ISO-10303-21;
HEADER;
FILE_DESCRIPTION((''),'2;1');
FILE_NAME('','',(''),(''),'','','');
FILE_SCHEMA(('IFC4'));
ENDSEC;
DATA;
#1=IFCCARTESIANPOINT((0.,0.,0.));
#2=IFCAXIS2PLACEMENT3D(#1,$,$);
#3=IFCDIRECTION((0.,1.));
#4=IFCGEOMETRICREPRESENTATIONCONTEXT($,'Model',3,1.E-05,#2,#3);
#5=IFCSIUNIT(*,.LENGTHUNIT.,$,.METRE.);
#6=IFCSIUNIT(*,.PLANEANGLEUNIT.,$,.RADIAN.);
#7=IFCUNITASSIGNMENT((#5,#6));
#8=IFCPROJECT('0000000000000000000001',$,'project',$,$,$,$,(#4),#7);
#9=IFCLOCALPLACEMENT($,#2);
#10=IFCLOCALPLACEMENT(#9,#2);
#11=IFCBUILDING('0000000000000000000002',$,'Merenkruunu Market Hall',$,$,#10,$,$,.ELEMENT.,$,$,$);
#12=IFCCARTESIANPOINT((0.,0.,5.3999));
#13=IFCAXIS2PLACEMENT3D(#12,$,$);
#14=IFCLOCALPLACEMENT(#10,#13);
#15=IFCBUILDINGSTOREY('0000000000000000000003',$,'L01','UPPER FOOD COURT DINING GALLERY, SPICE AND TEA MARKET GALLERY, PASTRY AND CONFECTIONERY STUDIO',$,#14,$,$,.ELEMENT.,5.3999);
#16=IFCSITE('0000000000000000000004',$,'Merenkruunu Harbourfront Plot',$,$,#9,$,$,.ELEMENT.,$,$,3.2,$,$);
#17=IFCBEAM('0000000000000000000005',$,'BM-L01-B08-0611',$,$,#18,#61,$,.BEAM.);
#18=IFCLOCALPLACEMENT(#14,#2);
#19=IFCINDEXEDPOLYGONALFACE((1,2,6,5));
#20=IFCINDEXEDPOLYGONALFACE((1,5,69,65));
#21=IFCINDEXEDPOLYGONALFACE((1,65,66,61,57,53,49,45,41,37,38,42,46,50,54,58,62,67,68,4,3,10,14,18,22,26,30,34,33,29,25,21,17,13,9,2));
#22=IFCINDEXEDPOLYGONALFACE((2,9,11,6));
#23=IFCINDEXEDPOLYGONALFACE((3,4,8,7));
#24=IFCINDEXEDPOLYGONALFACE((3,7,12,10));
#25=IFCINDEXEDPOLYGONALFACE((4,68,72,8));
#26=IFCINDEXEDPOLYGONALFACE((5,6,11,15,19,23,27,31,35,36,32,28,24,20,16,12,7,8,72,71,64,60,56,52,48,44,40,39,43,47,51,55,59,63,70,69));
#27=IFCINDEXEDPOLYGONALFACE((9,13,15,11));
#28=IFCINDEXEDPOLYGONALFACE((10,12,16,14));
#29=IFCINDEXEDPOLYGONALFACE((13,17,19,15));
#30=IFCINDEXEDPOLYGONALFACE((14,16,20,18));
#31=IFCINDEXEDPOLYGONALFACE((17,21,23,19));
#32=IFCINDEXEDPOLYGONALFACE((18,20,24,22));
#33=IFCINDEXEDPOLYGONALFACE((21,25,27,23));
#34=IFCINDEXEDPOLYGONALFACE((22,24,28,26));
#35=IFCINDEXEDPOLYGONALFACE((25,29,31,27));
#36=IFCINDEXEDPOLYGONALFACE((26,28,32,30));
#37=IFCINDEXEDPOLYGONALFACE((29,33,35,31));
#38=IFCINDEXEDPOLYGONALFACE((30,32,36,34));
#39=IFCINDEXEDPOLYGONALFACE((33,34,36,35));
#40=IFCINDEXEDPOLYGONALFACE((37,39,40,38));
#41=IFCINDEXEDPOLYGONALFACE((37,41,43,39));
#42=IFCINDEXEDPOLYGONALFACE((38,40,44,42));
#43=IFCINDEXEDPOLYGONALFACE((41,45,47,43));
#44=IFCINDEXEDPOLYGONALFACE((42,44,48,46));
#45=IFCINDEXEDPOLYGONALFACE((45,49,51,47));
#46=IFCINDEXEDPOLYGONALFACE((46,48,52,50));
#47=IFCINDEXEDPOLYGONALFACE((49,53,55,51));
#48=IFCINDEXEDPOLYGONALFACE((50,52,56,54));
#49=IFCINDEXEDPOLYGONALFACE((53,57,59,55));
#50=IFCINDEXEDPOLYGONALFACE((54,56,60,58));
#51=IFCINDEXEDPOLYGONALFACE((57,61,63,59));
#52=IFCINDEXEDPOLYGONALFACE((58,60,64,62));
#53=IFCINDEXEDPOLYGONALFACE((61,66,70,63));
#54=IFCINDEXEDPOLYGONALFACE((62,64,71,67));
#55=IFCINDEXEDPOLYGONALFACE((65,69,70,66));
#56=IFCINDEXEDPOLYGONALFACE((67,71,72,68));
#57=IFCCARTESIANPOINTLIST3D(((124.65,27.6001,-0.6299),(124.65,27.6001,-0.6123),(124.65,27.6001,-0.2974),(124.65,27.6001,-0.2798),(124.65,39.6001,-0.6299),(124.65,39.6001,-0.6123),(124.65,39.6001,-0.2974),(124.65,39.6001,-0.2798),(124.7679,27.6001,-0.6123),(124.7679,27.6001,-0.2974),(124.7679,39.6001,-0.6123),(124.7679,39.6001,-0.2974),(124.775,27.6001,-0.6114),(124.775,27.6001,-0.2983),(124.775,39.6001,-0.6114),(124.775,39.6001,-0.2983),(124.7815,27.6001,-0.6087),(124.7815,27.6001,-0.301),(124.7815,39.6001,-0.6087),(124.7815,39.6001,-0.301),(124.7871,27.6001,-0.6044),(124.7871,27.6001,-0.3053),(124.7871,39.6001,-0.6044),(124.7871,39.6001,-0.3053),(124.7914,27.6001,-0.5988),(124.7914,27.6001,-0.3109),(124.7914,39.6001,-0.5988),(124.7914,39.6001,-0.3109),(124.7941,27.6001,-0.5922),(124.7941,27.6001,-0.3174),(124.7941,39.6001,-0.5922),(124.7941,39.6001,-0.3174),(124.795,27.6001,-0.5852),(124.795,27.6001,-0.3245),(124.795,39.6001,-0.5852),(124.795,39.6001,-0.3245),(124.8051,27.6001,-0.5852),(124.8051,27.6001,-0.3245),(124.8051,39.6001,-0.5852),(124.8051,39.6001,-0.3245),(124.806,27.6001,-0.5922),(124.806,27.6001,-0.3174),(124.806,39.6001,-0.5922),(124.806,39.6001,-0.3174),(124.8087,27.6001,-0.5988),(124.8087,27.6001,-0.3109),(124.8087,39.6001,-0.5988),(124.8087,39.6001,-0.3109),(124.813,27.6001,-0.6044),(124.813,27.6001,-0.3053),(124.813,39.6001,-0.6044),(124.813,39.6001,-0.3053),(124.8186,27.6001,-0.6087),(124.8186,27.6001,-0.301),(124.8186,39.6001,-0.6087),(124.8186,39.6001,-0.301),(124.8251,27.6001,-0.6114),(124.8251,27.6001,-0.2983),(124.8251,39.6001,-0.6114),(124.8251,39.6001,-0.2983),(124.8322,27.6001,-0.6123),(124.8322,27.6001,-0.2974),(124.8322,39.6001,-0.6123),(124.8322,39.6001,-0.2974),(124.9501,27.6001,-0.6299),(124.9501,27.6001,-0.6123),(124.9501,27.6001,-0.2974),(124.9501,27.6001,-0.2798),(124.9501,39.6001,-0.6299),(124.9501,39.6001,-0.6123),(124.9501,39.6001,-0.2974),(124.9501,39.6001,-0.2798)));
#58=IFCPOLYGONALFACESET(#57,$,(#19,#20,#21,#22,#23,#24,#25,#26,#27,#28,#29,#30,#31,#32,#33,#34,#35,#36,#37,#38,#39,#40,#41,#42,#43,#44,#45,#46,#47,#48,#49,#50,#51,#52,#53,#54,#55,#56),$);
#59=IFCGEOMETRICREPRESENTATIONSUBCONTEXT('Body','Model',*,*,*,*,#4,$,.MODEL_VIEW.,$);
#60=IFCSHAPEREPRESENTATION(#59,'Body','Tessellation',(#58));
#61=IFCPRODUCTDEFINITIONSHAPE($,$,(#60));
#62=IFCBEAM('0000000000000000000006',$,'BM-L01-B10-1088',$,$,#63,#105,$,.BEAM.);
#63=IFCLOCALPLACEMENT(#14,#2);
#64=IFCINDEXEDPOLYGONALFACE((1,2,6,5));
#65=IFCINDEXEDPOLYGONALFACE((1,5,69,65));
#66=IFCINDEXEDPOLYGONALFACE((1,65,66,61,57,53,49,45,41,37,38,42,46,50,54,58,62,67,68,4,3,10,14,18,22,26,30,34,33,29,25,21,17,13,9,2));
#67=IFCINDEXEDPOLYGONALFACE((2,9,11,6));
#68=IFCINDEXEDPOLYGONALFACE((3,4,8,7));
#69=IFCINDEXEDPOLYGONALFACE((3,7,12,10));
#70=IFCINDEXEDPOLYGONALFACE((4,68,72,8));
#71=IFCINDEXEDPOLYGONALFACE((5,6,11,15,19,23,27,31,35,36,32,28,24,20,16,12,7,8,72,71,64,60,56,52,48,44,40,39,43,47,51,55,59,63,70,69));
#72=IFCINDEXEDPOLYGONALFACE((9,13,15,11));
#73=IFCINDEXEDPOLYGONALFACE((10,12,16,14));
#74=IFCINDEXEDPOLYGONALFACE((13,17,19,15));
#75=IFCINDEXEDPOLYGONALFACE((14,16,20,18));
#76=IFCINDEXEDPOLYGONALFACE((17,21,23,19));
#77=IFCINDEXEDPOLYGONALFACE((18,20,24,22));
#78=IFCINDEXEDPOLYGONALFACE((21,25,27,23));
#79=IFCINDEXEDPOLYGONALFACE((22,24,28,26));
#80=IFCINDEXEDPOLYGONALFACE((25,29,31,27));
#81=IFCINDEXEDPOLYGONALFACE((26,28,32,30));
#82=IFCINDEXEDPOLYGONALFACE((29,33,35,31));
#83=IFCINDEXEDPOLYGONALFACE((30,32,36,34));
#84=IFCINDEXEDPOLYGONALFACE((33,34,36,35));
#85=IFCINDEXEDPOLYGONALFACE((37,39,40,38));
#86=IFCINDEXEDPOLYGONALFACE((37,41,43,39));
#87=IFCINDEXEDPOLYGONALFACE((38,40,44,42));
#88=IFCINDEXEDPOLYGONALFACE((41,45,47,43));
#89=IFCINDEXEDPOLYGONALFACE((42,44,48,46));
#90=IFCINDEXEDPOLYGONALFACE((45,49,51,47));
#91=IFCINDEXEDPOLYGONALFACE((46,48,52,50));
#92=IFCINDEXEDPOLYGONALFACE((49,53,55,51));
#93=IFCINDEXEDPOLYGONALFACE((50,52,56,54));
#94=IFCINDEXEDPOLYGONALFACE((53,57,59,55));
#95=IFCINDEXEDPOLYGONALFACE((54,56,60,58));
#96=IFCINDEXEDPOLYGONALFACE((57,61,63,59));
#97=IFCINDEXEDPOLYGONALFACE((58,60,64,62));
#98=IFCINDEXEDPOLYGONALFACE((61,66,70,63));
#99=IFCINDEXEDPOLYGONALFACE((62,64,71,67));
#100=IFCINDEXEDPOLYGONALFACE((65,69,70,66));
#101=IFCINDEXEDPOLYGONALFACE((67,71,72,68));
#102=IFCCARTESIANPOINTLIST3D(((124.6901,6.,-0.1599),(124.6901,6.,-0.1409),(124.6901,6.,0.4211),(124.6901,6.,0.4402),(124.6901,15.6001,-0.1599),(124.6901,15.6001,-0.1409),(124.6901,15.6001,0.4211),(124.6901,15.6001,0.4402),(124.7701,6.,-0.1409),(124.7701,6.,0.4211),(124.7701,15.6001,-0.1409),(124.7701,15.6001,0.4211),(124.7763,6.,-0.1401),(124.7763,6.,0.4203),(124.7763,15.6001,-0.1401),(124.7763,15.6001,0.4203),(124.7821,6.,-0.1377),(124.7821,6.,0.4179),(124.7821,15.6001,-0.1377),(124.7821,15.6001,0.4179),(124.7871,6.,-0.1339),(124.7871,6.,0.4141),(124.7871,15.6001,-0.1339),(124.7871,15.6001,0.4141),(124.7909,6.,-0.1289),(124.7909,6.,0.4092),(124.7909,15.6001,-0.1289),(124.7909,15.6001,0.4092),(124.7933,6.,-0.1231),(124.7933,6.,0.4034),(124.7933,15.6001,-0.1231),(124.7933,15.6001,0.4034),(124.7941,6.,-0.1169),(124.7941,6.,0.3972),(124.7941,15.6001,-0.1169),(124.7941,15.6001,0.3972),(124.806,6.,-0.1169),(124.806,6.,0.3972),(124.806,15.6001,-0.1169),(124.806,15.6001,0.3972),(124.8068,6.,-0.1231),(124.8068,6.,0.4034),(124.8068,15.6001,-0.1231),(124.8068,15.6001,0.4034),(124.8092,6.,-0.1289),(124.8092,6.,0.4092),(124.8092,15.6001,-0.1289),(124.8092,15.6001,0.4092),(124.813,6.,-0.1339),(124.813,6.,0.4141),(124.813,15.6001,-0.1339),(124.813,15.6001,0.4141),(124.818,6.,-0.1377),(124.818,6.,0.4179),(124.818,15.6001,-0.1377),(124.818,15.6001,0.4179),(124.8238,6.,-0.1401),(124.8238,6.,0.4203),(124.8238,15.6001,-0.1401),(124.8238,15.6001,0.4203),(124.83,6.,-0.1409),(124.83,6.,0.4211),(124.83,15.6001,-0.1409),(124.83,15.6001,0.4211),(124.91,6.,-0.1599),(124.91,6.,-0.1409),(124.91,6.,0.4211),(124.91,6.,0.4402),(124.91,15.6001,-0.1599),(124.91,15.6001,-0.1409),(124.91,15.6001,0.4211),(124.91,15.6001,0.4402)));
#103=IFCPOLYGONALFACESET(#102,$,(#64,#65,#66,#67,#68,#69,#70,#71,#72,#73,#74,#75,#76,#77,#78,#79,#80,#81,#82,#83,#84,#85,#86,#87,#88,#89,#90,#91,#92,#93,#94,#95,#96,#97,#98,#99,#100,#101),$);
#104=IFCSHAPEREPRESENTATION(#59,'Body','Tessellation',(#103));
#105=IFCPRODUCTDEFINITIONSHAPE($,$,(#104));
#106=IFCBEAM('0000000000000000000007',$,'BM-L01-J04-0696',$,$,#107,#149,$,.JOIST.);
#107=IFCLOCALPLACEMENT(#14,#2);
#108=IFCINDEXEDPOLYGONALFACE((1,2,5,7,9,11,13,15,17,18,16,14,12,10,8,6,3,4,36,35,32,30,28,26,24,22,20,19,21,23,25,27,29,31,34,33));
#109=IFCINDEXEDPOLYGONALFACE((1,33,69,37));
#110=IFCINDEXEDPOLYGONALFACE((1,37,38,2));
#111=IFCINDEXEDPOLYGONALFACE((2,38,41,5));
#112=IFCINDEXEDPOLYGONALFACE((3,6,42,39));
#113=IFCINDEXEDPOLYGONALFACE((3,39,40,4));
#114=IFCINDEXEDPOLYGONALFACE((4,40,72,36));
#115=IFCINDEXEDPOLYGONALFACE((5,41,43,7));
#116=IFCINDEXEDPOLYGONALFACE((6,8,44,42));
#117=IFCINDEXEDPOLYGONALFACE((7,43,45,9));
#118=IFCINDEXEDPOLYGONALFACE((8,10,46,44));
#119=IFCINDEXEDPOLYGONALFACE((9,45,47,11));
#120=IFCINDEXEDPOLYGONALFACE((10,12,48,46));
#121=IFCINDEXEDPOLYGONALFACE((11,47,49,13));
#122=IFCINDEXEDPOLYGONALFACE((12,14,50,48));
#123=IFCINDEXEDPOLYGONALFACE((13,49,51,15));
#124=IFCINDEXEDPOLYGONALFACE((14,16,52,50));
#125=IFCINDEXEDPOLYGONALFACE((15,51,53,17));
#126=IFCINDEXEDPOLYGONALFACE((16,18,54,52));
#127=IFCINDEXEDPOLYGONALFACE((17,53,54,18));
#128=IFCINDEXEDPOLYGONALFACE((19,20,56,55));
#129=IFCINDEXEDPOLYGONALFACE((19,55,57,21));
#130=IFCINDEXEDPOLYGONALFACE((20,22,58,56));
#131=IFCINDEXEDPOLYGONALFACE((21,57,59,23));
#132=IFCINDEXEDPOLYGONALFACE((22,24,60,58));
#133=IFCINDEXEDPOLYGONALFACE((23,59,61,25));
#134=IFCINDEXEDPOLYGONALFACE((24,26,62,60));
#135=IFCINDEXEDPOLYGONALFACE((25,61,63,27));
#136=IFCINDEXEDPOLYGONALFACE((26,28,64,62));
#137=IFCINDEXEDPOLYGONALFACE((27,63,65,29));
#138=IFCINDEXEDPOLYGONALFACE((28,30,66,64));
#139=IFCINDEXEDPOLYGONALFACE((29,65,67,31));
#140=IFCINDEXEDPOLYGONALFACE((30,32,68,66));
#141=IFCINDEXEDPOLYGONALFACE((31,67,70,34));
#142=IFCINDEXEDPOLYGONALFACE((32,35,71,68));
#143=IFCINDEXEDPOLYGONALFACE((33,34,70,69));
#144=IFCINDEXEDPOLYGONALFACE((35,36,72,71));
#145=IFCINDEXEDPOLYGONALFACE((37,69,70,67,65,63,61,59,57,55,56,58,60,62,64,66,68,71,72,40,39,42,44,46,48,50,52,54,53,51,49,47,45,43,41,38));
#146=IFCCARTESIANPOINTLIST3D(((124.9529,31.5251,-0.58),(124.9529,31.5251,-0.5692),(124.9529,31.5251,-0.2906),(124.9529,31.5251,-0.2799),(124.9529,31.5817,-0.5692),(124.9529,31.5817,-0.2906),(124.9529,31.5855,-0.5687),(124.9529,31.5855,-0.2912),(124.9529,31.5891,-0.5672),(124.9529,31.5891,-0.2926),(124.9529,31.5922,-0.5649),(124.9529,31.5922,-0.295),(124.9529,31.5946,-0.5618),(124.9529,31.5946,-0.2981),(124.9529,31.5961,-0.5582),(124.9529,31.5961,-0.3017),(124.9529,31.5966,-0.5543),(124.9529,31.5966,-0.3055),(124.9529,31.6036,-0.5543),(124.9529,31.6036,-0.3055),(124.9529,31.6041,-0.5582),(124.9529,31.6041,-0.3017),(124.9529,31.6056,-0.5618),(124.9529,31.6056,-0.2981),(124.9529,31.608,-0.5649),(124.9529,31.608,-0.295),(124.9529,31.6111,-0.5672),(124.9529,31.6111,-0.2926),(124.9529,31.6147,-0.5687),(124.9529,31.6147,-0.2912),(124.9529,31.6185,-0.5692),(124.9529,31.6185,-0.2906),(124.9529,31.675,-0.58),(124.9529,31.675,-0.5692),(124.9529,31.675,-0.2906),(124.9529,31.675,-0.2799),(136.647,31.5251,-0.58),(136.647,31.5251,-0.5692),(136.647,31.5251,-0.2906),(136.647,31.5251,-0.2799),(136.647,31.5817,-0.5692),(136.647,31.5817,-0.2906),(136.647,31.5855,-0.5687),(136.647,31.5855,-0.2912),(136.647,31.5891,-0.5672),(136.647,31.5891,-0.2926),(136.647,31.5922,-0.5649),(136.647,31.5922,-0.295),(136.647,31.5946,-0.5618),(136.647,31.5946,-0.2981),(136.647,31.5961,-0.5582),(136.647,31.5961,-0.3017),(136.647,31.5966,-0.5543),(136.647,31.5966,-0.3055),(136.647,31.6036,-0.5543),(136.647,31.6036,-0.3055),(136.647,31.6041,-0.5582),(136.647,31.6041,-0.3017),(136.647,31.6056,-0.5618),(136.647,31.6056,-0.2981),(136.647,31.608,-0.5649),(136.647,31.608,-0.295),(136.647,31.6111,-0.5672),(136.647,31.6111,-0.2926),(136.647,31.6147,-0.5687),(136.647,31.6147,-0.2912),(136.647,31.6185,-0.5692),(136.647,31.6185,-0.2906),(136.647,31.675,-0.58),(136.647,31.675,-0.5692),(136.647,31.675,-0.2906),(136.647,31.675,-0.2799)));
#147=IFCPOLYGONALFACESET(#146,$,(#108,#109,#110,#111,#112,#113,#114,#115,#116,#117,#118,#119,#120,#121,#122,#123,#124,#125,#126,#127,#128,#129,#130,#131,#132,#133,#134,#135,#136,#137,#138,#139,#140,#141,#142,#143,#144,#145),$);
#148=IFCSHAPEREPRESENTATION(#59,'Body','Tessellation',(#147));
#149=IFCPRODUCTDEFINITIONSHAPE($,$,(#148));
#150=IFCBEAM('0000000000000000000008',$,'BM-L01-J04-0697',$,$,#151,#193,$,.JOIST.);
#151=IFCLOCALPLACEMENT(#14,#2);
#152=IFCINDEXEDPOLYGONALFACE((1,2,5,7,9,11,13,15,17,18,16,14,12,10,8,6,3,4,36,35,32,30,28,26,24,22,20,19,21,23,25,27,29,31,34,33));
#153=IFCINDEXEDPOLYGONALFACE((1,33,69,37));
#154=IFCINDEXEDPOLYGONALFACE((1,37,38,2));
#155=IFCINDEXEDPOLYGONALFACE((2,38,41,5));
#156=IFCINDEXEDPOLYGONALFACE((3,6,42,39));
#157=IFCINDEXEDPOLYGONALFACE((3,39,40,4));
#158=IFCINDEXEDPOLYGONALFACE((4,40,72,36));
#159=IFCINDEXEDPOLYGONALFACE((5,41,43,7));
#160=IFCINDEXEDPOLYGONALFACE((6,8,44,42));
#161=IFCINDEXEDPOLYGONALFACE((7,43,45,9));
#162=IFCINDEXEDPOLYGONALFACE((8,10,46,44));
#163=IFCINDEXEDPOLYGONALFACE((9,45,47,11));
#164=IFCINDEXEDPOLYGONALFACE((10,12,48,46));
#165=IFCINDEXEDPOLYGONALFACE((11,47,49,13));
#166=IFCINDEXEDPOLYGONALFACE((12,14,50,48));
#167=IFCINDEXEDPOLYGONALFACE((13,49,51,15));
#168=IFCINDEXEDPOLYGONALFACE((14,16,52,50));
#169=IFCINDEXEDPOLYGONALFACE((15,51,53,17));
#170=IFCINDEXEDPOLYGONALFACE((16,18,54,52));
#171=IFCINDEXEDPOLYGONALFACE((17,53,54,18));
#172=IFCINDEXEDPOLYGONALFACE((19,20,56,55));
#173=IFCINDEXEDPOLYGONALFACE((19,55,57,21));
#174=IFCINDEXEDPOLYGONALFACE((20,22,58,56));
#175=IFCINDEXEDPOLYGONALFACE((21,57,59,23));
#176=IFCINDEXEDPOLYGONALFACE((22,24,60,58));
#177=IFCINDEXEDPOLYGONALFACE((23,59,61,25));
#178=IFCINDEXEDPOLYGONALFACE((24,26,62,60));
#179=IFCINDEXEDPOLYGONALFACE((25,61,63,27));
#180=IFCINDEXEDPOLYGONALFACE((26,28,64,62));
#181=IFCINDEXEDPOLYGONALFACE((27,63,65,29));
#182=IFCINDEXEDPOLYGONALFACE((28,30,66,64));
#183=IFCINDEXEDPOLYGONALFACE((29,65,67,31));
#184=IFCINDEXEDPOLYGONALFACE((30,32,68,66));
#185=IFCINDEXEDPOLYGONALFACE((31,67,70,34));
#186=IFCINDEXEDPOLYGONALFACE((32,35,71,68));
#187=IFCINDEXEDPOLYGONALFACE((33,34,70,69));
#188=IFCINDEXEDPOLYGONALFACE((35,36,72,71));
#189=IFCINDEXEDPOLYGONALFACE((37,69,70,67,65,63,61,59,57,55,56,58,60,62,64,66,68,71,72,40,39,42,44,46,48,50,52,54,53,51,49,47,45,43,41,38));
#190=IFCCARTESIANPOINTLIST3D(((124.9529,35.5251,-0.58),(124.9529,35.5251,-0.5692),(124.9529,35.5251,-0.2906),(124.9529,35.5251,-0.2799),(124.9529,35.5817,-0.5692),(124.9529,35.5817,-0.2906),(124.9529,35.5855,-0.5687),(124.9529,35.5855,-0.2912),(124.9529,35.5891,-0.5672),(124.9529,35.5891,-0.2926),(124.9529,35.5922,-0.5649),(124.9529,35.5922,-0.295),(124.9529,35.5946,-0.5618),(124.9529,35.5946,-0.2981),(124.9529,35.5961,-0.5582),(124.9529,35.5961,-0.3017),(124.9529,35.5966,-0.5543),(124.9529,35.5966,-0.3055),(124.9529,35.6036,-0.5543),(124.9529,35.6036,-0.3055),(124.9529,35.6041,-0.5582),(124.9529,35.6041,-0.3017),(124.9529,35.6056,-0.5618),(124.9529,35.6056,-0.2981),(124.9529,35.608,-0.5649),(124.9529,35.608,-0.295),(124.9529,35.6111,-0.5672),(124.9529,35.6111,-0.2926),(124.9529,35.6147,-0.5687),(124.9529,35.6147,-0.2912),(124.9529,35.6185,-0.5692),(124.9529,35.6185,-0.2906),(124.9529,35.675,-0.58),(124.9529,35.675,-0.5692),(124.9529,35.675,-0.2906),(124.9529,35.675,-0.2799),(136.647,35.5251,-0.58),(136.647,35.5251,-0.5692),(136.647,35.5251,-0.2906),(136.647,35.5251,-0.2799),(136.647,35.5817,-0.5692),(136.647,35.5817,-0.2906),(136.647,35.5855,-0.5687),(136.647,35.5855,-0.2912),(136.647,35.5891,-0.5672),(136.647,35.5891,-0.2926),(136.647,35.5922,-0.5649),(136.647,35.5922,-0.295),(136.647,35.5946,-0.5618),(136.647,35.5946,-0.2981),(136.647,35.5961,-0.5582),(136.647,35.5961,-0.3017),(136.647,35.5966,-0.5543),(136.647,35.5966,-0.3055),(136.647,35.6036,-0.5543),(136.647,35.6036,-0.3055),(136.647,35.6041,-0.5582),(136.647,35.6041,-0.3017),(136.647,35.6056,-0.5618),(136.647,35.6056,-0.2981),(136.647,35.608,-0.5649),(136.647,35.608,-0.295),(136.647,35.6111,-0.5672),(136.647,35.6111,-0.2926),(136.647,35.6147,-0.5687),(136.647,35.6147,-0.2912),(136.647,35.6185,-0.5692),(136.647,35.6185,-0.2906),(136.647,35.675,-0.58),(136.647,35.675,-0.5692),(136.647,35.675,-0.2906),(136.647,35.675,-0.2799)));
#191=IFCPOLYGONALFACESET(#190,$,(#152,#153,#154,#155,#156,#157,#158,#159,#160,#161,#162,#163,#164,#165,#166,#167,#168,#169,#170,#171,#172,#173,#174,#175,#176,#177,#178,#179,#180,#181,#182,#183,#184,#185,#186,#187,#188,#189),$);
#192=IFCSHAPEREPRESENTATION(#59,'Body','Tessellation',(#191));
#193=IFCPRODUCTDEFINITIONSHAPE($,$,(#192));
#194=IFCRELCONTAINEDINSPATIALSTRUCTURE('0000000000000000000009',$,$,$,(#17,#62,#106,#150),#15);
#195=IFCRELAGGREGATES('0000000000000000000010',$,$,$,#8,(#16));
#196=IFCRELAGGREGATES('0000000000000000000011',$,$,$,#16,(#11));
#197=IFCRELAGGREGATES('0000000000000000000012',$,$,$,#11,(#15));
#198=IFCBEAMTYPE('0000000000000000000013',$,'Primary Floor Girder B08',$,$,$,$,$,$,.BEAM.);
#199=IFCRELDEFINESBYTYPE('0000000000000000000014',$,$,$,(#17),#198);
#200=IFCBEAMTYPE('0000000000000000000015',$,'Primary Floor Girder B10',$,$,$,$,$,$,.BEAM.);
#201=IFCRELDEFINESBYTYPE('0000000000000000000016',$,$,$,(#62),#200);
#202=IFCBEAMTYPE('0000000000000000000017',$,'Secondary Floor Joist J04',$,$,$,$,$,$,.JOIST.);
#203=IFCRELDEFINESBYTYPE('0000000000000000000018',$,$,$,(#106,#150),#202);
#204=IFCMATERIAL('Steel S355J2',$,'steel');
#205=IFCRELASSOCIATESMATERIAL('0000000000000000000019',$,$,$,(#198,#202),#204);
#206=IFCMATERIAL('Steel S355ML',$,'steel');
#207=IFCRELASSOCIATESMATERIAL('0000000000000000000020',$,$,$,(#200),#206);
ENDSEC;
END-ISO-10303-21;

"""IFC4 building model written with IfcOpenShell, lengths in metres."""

from ifc_helpers import new_model, si_unit, direction, frame, origin, origin_2d, place, context, subcontext, project, spatial, i_section, extrude, material, material_profile, profile_set, type_object, element, save


model = new_model("IFC4")

# Units and contexts
model_context = context("Model", 3, precision=1e-05, world=origin(), true_north=direction((0.0, 1.0)))
body_context = subcontext(model_context, "Body", "Model", "MODEL_VIEW")
ifc_project = project(units=[si_unit("LENGTHUNIT", "METRE"), si_unit("PLANEANGLEUNIT", "RADIAN")], contexts=[model_context])

# Site, building, storey
site_placement = place(None, origin())
site = spatial("IfcSite", under=ifc_project, at=site_placement, Name="Merenkruunu Harbourfront Plot", CompositionType="ELEMENT", RefElevation=3.2)
building_placement = place(site_placement, origin())
building = spatial("IfcBuilding", under=site, at=building_placement, Name="Merenkruunu Market Hall", CompositionType="ELEMENT")
storey_placement = place(building_placement, frame((0.0, 0.0, 5.3999)))
storey = spatial("IfcBuildingStorey", under=building, at=storey_placement, Name="L01", Description="UPPER FOOD COURT DINING GALLERY, SPICE AND TEA MARKET GALLERY, PASTRY AND CONFECTIONERY STUDIO", CompositionType="ELEMENT", Elevation=5.3999)

# Shared definitions
ifc_material_1 = material(Name="Steel S355J2", Category="steel")

# Beams
ifc_material_profile_1 = material_profile(ifc_material_1, i_section(OverallWidth=0.3, OverallDepth=0.3501, WebThickness=0.01, FlangeThickness=0.0176, FilletRadius=0.0271, at=origin_2d()), Name="HEA 360")
ifc_profile_set_1 = profile_set([ifc_material_profile_1], Name="Steel S355J2")
beam_type_1 = type_object("IfcBeamType", Name="Primary Floor Girder B08", PredefinedType="BEAM", material=ifc_profile_set_1)
beam_1_placement = place(storey_placement, frame((124.8, 27.6001, -0.4548), z_axis=(0.0, 1.0, 0.0), x_axis=(-1.0, 0.0, 0.0)))
element("IfcBeam", 1, at=beam_1_placement, inside=storey, type_object=beam_type_1, Name="BM-L01-B08-0611", PredefinedType="BEAM", context=body_context, shape_type="SweptSolid", body=[
    extrude(i_section(OverallWidth=0.3, OverallDepth=0.3501, WebThickness=0.01, FlangeThickness=0.0176, FilletRadius=0.0271, at=origin_2d()), origin(), (0.0, 0.0, 1.0), 12.0),
])
ifc_material_2 = material(Name="Steel S355ML", Category="steel")
ifc_material_profile_2 = material_profile(ifc_material_2, i_section(OverallWidth=0.22, OverallDepth=0.6001, WebThickness=0.012, FlangeThickness=0.019, FilletRadius=0.0239, at=origin_2d()), Name="IPE 600")
ifc_profile_set_2 = profile_set([ifc_material_profile_2], Name="Steel S355ML")
beam_type_2 = type_object("IfcBeamType", Name="Primary Floor Girder B10", PredefinedType="BEAM", material=ifc_profile_set_2)
beam_2_placement = place(storey_placement, frame((124.8, 15.6001, 0.1401), z_axis=(0.0, -1.0, 0.0), x_axis=(1.0, 0.0, 0.0)))
element("IfcBeam", 2, at=beam_2_placement, inside=storey, type_object=beam_type_2, Name="BM-L01-B10-1088", PredefinedType="BEAM", context=body_context, shape_type="SweptSolid", body=[
    extrude(i_section(OverallWidth=0.22, OverallDepth=0.6001, WebThickness=0.012, FlangeThickness=0.019, FilletRadius=0.0239, at=origin_2d()), origin(), (0.0, 0.0, 1.0), 9.6001),
])
ifc_material_profile_3 = material_profile(ifc_material_1, i_section(OverallWidth=0.1499, OverallDepth=0.3, WebThickness=0.0071, FlangeThickness=0.0107, FilletRadius=0.0149, at=origin_2d()), Name="IPE 300")
ifc_profile_set_3 = profile_set([ifc_material_profile_3], Name="Steel S355J2")
beam_type_3 = type_object("IfcBeamType", Name="Secondary Floor Joist J04", PredefinedType="JOIST", material=ifc_profile_set_3)
for number, where, z_axis, x_axis, name in (
    (3, (124.9529, 31.6001, -0.4299), (1.0, 0.0, 0.0), (0.0, 1.0, 0.0), "BM-L01-J04-0696"),
    (4, (124.9529, 35.6001, -0.4299), (1.0, 0.0, 0.0), (0.0, 1.0, 0.0), "BM-L01-J04-0697"),
):
    element("IfcBeam", number, at=place(storey_placement, frame(where, z_axis=z_axis, x_axis=x_axis)), inside=storey, type_object=beam_type_3, Name=name, PredefinedType="JOIST", context=body_context, shape_type="SweptSolid", body=[
        extrude(i_section(OverallWidth=0.1499, OverallDepth=0.3, WebThickness=0.0071, FlangeThickness=0.0107, FilletRadius=0.0149, at=origin_2d()), origin(), (0.0, 0.0, 1.0), 11.6941),
    ])

save(model, "model.ifc")
